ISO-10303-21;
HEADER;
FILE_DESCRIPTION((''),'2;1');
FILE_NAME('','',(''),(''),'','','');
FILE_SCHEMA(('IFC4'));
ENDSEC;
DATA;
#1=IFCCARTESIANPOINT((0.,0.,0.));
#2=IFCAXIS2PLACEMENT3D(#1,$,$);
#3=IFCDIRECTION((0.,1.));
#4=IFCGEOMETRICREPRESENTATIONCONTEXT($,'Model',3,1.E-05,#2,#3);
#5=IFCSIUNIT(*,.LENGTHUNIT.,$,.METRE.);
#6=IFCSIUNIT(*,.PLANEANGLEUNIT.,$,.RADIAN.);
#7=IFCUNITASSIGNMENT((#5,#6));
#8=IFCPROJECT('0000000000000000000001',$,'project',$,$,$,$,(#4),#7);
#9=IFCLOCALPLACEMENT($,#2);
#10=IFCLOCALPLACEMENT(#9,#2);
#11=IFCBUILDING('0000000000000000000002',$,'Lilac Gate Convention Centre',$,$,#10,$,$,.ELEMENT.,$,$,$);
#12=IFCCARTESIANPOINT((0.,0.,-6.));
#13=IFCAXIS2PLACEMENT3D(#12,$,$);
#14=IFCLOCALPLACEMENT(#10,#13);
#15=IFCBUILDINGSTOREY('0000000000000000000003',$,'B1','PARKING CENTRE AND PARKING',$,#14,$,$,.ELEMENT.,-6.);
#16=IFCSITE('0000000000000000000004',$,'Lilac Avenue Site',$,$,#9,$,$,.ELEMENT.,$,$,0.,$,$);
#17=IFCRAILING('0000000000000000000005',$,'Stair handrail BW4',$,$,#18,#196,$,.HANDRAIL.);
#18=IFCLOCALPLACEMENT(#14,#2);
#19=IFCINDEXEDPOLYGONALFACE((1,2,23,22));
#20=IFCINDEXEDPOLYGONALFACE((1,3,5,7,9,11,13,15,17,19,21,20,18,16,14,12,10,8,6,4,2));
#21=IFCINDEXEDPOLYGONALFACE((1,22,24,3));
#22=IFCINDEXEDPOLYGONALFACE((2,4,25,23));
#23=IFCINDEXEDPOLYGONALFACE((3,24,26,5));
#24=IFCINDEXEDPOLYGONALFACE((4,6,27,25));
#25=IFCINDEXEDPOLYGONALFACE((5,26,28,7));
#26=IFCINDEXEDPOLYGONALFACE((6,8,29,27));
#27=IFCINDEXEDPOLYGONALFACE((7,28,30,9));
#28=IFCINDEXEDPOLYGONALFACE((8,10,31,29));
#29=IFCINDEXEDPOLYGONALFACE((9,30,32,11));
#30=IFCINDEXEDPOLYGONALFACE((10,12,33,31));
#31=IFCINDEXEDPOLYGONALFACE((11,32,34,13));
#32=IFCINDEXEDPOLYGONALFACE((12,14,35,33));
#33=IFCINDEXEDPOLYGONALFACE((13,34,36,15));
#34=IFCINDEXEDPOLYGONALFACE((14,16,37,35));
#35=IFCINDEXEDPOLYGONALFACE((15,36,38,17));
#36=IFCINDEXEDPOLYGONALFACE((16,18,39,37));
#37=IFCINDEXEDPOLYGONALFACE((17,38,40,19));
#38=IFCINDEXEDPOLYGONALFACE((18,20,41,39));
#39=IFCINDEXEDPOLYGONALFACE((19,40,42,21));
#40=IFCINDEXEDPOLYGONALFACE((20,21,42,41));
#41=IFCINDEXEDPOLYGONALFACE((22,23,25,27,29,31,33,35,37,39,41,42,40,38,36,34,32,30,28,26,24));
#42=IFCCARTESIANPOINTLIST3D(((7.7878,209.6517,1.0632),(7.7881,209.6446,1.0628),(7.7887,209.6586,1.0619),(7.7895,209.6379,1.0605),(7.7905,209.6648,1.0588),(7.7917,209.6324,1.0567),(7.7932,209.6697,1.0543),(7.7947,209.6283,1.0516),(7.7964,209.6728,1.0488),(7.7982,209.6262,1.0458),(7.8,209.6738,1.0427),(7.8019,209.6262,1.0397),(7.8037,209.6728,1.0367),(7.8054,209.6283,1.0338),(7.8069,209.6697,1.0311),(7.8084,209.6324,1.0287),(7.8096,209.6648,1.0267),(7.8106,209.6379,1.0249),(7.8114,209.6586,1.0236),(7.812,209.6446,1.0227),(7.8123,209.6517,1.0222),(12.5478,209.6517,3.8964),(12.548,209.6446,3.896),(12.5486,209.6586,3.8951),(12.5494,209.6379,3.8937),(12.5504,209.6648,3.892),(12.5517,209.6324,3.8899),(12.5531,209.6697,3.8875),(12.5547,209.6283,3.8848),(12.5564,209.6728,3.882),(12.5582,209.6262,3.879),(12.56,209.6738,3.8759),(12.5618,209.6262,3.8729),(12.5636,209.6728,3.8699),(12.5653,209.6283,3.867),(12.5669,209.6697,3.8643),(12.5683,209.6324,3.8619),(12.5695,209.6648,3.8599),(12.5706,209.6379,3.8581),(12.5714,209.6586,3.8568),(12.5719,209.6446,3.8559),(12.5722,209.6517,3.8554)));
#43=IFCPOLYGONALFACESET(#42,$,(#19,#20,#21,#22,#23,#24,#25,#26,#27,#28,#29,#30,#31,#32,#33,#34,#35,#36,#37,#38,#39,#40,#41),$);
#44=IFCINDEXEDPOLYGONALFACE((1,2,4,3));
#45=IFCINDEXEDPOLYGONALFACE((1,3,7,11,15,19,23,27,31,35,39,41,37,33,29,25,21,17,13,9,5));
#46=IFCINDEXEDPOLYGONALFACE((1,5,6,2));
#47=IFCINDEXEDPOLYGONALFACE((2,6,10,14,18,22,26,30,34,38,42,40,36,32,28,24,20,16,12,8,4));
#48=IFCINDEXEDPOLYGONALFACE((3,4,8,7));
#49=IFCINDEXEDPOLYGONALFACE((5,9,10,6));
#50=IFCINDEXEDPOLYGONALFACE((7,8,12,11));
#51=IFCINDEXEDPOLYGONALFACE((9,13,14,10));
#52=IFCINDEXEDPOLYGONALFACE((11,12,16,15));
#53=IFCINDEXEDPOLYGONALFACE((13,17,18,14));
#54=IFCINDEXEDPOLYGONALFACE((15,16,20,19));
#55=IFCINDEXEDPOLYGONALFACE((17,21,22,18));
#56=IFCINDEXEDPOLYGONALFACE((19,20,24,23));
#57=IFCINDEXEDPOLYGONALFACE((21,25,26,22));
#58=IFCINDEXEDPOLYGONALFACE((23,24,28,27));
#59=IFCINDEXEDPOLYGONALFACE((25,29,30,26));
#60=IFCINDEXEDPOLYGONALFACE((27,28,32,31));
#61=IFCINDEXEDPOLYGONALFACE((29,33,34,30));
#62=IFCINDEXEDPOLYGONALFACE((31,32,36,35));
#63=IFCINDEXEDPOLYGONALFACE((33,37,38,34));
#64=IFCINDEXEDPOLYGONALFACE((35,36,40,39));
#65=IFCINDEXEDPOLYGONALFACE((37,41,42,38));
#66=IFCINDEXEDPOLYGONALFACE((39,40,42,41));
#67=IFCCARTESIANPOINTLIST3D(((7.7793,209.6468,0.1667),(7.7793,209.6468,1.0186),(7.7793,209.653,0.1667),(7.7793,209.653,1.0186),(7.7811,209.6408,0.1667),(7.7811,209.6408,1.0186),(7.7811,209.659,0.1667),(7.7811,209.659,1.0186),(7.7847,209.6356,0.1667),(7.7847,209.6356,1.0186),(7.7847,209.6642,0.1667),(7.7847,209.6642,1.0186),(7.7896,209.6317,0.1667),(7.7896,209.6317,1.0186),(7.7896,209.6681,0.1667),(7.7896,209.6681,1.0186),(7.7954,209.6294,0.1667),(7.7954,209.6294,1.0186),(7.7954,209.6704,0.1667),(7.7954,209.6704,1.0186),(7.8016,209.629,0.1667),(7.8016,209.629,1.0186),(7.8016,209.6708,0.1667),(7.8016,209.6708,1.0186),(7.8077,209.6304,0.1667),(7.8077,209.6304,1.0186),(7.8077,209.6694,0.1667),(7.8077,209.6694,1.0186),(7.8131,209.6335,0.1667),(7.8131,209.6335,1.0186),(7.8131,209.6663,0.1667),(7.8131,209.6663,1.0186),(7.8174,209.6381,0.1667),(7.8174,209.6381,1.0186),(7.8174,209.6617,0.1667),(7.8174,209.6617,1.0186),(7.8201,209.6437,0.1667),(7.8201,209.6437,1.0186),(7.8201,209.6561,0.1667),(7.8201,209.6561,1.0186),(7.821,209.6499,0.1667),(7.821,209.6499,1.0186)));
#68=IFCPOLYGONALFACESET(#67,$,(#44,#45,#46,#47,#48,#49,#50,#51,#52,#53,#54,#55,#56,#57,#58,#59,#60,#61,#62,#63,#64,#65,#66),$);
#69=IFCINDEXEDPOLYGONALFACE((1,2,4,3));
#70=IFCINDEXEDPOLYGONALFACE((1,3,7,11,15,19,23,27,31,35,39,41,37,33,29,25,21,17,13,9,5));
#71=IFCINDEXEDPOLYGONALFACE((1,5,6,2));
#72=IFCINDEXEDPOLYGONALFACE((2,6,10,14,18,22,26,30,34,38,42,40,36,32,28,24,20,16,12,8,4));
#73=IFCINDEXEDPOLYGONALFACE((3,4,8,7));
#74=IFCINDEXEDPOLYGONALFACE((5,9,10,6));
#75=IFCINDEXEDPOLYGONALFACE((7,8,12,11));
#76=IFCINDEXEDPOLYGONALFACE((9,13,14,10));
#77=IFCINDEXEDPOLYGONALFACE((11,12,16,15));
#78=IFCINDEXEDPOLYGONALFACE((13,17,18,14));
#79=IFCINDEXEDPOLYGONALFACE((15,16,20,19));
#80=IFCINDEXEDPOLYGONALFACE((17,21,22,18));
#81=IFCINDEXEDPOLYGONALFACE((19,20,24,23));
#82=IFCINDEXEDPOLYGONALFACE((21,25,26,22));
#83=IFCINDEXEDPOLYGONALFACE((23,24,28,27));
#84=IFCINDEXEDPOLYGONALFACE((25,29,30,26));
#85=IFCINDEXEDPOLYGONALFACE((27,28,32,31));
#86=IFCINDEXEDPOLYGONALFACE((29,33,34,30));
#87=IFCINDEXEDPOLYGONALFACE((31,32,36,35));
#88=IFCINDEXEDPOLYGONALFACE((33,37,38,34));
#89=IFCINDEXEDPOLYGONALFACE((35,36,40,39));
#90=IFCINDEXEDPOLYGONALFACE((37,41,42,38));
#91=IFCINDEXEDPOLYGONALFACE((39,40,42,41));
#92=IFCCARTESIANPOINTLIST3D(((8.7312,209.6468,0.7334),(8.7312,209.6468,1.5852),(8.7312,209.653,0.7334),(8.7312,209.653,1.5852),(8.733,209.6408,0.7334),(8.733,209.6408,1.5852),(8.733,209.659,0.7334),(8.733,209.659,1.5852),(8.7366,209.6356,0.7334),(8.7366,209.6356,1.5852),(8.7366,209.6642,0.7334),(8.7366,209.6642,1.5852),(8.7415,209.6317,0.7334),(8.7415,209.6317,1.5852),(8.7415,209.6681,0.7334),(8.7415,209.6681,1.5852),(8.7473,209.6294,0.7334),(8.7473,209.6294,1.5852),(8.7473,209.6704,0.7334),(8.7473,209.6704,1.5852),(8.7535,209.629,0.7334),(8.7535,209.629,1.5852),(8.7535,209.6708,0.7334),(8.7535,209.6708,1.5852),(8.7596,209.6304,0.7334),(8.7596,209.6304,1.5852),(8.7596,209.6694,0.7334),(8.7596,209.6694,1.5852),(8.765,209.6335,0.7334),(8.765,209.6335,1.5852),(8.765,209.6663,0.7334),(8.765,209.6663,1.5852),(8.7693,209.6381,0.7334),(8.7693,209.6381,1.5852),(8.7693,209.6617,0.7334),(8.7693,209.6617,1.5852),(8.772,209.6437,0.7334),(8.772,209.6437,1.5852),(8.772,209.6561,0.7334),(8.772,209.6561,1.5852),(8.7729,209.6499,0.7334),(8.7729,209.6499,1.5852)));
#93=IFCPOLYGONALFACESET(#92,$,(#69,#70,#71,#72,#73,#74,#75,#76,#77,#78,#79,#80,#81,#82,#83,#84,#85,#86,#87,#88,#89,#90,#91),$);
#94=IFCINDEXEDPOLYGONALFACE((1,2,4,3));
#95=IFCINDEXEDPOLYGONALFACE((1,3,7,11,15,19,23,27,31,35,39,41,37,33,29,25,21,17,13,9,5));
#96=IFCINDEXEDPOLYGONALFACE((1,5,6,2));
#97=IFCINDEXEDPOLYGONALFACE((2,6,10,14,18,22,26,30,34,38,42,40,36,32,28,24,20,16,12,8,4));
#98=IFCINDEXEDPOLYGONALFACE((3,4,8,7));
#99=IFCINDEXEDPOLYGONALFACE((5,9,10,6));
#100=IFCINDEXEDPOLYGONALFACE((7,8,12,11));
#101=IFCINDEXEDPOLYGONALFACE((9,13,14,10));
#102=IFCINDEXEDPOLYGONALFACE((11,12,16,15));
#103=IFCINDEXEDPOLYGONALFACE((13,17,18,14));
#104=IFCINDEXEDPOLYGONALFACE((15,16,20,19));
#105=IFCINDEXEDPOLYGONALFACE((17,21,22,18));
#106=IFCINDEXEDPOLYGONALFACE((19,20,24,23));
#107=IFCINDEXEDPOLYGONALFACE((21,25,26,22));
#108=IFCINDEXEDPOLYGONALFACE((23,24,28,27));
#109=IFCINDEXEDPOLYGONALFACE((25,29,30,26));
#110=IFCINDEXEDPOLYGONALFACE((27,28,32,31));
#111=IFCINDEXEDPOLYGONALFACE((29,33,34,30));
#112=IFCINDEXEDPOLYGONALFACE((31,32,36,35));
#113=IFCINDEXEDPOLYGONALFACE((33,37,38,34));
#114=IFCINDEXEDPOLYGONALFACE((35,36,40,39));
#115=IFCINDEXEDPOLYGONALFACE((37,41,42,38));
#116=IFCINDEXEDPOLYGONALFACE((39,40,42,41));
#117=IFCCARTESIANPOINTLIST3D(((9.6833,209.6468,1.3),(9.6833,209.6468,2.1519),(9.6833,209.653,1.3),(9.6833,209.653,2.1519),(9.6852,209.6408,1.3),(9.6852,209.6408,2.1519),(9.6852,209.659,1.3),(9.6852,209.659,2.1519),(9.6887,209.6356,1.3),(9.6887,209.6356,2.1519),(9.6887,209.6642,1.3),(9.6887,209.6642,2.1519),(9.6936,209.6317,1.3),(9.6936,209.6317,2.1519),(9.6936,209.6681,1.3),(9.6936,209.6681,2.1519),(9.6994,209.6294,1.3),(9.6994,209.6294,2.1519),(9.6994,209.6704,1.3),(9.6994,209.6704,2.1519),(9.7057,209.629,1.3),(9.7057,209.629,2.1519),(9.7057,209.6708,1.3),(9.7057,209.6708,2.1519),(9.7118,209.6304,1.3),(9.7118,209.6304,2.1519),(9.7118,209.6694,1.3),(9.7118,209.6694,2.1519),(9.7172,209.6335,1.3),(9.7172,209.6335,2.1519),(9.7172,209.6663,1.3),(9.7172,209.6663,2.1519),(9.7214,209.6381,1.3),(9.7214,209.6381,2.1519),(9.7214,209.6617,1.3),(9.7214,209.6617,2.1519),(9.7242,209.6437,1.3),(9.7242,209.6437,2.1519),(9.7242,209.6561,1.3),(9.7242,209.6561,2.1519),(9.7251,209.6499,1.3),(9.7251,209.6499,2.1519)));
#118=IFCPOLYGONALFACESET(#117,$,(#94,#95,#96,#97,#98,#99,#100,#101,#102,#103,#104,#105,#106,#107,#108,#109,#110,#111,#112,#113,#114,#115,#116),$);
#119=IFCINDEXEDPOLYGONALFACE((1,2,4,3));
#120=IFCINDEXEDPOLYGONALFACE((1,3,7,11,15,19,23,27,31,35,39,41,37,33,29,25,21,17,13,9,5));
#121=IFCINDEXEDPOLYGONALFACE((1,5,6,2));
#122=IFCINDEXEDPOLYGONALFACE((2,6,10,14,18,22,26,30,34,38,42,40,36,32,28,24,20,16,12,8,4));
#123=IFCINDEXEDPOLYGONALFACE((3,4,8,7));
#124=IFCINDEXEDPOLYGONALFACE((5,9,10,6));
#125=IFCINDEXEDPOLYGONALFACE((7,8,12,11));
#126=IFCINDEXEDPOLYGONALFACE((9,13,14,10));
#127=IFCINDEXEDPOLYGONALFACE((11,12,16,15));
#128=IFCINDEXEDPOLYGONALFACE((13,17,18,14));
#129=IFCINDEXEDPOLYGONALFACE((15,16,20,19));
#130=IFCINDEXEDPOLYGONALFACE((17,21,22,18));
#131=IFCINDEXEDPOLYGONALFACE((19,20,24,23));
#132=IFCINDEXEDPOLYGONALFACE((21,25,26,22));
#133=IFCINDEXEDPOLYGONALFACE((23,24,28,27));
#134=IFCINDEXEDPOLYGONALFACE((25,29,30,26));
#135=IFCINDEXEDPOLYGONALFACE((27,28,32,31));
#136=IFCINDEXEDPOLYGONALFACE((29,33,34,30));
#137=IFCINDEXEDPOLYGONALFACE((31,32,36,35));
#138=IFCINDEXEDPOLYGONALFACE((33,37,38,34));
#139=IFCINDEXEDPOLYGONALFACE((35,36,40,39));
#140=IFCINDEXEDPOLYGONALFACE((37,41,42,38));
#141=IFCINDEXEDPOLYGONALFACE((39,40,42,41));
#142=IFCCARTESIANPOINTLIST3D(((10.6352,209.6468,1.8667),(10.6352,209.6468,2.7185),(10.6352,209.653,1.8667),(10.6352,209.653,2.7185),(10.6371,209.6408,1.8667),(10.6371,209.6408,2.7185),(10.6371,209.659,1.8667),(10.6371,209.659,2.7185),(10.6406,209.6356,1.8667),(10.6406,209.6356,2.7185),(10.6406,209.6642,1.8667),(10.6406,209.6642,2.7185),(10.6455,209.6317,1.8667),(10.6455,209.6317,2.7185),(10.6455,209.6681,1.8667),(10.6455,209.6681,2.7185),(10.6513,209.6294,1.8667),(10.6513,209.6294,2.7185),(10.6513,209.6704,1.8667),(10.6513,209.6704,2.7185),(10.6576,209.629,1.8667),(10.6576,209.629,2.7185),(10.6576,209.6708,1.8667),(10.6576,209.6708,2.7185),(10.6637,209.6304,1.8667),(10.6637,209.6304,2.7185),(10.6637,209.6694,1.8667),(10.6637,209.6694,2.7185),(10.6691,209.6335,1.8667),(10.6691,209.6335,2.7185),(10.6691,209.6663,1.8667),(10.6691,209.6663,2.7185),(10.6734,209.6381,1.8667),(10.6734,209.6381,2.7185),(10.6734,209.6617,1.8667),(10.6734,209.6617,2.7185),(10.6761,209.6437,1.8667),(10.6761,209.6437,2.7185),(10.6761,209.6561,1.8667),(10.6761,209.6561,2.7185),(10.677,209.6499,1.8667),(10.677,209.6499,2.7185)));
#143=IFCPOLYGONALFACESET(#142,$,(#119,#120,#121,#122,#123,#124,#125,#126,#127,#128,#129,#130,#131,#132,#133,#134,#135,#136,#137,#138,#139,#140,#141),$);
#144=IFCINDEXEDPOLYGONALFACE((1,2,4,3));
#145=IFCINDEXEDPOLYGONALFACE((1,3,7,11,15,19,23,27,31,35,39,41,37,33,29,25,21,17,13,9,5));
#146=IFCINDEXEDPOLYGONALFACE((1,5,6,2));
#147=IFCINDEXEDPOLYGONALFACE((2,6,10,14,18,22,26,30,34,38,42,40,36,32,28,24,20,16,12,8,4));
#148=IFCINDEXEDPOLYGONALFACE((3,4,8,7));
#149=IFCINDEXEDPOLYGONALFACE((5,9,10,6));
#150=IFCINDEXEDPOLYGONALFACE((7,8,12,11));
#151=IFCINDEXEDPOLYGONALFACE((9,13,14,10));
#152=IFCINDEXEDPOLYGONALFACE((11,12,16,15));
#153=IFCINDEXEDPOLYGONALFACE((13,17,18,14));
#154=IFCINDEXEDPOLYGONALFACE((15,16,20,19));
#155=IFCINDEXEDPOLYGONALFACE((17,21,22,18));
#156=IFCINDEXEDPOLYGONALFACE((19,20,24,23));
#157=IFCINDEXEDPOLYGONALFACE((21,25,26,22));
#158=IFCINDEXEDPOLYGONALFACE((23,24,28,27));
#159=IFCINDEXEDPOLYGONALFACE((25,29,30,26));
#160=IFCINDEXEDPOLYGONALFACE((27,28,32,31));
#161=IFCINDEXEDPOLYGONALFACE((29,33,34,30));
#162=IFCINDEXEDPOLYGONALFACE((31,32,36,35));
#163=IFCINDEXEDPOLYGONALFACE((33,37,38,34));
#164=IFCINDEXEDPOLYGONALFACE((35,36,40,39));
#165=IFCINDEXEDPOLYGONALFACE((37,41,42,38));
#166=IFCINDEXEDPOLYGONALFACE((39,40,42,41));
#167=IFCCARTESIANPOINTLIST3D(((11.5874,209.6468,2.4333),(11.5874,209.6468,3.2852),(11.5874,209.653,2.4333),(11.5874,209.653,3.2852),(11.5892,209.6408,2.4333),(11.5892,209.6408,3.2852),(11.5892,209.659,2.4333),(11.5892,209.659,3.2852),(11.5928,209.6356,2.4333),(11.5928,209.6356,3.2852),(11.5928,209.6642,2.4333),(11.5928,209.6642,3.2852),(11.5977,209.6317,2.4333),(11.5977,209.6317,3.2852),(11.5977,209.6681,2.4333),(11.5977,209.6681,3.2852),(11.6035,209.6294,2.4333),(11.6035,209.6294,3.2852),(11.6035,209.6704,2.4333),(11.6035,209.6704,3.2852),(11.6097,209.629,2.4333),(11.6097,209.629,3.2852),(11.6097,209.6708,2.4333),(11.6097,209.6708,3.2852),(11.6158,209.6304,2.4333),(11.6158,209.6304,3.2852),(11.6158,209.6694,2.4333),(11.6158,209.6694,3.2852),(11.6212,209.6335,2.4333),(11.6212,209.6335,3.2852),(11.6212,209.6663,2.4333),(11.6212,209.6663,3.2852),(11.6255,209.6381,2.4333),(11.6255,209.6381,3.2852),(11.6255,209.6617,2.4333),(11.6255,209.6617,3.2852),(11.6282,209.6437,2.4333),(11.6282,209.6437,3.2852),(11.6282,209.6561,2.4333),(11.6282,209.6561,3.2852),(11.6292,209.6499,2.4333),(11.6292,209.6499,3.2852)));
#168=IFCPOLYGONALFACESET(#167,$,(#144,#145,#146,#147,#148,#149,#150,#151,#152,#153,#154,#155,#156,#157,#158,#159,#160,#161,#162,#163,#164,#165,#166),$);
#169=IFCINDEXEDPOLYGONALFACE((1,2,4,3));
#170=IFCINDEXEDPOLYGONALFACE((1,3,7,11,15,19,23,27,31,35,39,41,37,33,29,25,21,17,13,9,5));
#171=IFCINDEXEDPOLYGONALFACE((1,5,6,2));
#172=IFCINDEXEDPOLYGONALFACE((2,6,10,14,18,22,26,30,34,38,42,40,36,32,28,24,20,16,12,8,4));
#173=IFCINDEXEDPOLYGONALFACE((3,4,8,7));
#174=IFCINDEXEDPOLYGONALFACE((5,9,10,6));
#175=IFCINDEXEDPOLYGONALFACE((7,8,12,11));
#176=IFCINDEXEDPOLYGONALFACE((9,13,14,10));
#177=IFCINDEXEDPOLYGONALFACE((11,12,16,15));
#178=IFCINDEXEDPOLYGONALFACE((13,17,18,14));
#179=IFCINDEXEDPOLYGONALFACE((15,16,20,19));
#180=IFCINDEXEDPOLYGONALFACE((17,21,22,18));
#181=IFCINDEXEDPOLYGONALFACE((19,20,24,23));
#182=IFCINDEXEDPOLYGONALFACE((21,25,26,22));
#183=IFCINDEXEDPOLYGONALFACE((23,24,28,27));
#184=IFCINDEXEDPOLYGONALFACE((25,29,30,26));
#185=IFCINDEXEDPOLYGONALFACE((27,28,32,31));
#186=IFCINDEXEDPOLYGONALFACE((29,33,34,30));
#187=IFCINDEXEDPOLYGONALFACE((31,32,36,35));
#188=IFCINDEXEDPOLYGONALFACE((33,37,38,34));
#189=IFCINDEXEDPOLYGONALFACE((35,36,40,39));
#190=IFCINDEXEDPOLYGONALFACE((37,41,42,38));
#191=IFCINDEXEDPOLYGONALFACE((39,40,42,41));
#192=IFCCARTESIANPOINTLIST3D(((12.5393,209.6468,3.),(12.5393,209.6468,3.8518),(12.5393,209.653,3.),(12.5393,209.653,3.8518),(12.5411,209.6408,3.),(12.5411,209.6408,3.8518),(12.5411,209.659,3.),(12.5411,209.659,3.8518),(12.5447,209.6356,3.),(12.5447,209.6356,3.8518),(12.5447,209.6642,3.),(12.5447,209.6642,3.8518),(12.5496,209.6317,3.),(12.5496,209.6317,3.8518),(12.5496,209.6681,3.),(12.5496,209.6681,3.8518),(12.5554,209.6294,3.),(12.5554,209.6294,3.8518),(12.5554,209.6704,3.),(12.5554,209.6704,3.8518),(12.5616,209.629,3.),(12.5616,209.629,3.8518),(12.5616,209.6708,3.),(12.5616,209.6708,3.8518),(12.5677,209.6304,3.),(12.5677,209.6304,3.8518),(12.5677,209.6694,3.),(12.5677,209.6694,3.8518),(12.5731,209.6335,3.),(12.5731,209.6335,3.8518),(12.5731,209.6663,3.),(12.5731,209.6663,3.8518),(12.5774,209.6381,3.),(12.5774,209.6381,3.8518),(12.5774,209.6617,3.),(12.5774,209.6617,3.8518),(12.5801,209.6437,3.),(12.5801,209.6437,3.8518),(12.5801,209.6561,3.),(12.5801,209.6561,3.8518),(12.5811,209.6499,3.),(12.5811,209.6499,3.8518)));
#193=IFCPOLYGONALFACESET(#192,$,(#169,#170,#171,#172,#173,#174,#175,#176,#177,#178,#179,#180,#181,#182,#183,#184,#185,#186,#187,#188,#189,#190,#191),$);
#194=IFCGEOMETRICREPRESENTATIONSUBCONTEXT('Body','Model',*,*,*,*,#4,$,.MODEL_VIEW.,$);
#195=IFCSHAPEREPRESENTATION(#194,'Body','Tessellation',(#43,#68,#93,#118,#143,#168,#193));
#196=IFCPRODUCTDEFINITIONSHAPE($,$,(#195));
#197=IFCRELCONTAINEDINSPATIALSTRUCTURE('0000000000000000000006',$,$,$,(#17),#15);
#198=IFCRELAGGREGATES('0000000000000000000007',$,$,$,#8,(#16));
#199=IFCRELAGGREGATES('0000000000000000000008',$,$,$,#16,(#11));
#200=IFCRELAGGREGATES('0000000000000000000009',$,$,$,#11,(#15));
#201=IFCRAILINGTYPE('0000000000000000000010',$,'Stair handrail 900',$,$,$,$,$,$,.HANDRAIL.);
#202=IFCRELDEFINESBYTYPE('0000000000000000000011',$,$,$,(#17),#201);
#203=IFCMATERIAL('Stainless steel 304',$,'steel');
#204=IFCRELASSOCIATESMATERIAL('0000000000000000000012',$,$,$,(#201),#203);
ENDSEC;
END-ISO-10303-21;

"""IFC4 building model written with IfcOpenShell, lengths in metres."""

from ifc_helpers import new_model, si_unit, direction, frame, origin, origin_2d, place, context, subcontext, project, spatial, circle, extrude, material, type_object, element, save


model = new_model("IFC4")

# Units and contexts
model_context = context("Model", 3, precision=1e-05, world=origin(), true_north=direction((0.0, 1.0)))
body_context = subcontext(model_context, "Body", "Model", "MODEL_VIEW")
ifc_project = project(units=[si_unit("LENGTHUNIT", "METRE"), si_unit("PLANEANGLEUNIT", "RADIAN")], contexts=[model_context])

# Site, building, storey
site_placement = place(None, origin())
site = spatial("IfcSite", under=ifc_project, at=site_placement, Name="Lilac Avenue Site", CompositionType="ELEMENT", RefElevation=0.0)
building_placement = place(site_placement, origin())
building = spatial("IfcBuilding", under=site, at=building_placement, Name="Lilac Gate Convention Centre", CompositionType="ELEMENT")
storey_placement = place(building_placement, frame((0.0, 0.0, -6.0)))
storey = spatial("IfcBuildingStorey", under=building, at=storey_placement, Name="B1", Description="PARKING CENTRE AND PARKING", CompositionType="ELEMENT", Elevation=-6.0)

# Railing
ifc_material_1 = material(Name="Stainless steel 304", Category="steel")
railing_type = type_object("IfcRailingType", Name="Stair handrail 900", PredefinedType="HANDRAIL", material=ifc_material_1)
for number, where, name in (
    (1, (7.8, 209.6499, 0.1667), "Stair handrail BW4"),
):
    element("IfcRailing", number, at=place(storey_placement, frame(where)), inside=storey, type_object=railing_type, Name=name, PredefinedType="HANDRAIL", context=body_context, shape_type="SweptSolid", body=[
        extrude(circle(Radius=0.0239, at=origin_2d()), frame((0.0, 0.0, 0.876), z_axis=(0.8593, 0.0, 0.511472), x_axis=(0.0, 1.0, 0.0)), (0.0, 0.0, 1.0), 5.5393),
        extrude(circle(Radius=0.021, at=origin_2d()), origin(), (0.0, 0.0, 1.0), 0.8518),
        extrude(circle(Radius=0.021, at=origin_2d()), frame((0.9519, 0.0, 0.5667)), (0.0, 0.0, 1.0), 0.8518),
        extrude(circle(Radius=0.021, at=origin_2d()), frame((1.9041, 0.0, 1.1333)), (0.0, 0.0, 1.0), 0.8518),
        extrude(circle(Radius=0.021, at=origin_2d()), frame((2.856, 0.0, 1.7)), (0.0, 0.0, 1.0), 0.8518),
        extrude(circle(Radius=0.021, at=origin_2d()), frame((3.8081, 0.0, 2.2666)), (0.0, 0.0, 1.0), 0.8518),
        extrude(circle(Radius=0.021, at=origin_2d()), frame((4.76, 0.0, 2.8333)), (0.0, 0.0, 1.0), 0.8518),
    ])

save(model, "model.ifc")
